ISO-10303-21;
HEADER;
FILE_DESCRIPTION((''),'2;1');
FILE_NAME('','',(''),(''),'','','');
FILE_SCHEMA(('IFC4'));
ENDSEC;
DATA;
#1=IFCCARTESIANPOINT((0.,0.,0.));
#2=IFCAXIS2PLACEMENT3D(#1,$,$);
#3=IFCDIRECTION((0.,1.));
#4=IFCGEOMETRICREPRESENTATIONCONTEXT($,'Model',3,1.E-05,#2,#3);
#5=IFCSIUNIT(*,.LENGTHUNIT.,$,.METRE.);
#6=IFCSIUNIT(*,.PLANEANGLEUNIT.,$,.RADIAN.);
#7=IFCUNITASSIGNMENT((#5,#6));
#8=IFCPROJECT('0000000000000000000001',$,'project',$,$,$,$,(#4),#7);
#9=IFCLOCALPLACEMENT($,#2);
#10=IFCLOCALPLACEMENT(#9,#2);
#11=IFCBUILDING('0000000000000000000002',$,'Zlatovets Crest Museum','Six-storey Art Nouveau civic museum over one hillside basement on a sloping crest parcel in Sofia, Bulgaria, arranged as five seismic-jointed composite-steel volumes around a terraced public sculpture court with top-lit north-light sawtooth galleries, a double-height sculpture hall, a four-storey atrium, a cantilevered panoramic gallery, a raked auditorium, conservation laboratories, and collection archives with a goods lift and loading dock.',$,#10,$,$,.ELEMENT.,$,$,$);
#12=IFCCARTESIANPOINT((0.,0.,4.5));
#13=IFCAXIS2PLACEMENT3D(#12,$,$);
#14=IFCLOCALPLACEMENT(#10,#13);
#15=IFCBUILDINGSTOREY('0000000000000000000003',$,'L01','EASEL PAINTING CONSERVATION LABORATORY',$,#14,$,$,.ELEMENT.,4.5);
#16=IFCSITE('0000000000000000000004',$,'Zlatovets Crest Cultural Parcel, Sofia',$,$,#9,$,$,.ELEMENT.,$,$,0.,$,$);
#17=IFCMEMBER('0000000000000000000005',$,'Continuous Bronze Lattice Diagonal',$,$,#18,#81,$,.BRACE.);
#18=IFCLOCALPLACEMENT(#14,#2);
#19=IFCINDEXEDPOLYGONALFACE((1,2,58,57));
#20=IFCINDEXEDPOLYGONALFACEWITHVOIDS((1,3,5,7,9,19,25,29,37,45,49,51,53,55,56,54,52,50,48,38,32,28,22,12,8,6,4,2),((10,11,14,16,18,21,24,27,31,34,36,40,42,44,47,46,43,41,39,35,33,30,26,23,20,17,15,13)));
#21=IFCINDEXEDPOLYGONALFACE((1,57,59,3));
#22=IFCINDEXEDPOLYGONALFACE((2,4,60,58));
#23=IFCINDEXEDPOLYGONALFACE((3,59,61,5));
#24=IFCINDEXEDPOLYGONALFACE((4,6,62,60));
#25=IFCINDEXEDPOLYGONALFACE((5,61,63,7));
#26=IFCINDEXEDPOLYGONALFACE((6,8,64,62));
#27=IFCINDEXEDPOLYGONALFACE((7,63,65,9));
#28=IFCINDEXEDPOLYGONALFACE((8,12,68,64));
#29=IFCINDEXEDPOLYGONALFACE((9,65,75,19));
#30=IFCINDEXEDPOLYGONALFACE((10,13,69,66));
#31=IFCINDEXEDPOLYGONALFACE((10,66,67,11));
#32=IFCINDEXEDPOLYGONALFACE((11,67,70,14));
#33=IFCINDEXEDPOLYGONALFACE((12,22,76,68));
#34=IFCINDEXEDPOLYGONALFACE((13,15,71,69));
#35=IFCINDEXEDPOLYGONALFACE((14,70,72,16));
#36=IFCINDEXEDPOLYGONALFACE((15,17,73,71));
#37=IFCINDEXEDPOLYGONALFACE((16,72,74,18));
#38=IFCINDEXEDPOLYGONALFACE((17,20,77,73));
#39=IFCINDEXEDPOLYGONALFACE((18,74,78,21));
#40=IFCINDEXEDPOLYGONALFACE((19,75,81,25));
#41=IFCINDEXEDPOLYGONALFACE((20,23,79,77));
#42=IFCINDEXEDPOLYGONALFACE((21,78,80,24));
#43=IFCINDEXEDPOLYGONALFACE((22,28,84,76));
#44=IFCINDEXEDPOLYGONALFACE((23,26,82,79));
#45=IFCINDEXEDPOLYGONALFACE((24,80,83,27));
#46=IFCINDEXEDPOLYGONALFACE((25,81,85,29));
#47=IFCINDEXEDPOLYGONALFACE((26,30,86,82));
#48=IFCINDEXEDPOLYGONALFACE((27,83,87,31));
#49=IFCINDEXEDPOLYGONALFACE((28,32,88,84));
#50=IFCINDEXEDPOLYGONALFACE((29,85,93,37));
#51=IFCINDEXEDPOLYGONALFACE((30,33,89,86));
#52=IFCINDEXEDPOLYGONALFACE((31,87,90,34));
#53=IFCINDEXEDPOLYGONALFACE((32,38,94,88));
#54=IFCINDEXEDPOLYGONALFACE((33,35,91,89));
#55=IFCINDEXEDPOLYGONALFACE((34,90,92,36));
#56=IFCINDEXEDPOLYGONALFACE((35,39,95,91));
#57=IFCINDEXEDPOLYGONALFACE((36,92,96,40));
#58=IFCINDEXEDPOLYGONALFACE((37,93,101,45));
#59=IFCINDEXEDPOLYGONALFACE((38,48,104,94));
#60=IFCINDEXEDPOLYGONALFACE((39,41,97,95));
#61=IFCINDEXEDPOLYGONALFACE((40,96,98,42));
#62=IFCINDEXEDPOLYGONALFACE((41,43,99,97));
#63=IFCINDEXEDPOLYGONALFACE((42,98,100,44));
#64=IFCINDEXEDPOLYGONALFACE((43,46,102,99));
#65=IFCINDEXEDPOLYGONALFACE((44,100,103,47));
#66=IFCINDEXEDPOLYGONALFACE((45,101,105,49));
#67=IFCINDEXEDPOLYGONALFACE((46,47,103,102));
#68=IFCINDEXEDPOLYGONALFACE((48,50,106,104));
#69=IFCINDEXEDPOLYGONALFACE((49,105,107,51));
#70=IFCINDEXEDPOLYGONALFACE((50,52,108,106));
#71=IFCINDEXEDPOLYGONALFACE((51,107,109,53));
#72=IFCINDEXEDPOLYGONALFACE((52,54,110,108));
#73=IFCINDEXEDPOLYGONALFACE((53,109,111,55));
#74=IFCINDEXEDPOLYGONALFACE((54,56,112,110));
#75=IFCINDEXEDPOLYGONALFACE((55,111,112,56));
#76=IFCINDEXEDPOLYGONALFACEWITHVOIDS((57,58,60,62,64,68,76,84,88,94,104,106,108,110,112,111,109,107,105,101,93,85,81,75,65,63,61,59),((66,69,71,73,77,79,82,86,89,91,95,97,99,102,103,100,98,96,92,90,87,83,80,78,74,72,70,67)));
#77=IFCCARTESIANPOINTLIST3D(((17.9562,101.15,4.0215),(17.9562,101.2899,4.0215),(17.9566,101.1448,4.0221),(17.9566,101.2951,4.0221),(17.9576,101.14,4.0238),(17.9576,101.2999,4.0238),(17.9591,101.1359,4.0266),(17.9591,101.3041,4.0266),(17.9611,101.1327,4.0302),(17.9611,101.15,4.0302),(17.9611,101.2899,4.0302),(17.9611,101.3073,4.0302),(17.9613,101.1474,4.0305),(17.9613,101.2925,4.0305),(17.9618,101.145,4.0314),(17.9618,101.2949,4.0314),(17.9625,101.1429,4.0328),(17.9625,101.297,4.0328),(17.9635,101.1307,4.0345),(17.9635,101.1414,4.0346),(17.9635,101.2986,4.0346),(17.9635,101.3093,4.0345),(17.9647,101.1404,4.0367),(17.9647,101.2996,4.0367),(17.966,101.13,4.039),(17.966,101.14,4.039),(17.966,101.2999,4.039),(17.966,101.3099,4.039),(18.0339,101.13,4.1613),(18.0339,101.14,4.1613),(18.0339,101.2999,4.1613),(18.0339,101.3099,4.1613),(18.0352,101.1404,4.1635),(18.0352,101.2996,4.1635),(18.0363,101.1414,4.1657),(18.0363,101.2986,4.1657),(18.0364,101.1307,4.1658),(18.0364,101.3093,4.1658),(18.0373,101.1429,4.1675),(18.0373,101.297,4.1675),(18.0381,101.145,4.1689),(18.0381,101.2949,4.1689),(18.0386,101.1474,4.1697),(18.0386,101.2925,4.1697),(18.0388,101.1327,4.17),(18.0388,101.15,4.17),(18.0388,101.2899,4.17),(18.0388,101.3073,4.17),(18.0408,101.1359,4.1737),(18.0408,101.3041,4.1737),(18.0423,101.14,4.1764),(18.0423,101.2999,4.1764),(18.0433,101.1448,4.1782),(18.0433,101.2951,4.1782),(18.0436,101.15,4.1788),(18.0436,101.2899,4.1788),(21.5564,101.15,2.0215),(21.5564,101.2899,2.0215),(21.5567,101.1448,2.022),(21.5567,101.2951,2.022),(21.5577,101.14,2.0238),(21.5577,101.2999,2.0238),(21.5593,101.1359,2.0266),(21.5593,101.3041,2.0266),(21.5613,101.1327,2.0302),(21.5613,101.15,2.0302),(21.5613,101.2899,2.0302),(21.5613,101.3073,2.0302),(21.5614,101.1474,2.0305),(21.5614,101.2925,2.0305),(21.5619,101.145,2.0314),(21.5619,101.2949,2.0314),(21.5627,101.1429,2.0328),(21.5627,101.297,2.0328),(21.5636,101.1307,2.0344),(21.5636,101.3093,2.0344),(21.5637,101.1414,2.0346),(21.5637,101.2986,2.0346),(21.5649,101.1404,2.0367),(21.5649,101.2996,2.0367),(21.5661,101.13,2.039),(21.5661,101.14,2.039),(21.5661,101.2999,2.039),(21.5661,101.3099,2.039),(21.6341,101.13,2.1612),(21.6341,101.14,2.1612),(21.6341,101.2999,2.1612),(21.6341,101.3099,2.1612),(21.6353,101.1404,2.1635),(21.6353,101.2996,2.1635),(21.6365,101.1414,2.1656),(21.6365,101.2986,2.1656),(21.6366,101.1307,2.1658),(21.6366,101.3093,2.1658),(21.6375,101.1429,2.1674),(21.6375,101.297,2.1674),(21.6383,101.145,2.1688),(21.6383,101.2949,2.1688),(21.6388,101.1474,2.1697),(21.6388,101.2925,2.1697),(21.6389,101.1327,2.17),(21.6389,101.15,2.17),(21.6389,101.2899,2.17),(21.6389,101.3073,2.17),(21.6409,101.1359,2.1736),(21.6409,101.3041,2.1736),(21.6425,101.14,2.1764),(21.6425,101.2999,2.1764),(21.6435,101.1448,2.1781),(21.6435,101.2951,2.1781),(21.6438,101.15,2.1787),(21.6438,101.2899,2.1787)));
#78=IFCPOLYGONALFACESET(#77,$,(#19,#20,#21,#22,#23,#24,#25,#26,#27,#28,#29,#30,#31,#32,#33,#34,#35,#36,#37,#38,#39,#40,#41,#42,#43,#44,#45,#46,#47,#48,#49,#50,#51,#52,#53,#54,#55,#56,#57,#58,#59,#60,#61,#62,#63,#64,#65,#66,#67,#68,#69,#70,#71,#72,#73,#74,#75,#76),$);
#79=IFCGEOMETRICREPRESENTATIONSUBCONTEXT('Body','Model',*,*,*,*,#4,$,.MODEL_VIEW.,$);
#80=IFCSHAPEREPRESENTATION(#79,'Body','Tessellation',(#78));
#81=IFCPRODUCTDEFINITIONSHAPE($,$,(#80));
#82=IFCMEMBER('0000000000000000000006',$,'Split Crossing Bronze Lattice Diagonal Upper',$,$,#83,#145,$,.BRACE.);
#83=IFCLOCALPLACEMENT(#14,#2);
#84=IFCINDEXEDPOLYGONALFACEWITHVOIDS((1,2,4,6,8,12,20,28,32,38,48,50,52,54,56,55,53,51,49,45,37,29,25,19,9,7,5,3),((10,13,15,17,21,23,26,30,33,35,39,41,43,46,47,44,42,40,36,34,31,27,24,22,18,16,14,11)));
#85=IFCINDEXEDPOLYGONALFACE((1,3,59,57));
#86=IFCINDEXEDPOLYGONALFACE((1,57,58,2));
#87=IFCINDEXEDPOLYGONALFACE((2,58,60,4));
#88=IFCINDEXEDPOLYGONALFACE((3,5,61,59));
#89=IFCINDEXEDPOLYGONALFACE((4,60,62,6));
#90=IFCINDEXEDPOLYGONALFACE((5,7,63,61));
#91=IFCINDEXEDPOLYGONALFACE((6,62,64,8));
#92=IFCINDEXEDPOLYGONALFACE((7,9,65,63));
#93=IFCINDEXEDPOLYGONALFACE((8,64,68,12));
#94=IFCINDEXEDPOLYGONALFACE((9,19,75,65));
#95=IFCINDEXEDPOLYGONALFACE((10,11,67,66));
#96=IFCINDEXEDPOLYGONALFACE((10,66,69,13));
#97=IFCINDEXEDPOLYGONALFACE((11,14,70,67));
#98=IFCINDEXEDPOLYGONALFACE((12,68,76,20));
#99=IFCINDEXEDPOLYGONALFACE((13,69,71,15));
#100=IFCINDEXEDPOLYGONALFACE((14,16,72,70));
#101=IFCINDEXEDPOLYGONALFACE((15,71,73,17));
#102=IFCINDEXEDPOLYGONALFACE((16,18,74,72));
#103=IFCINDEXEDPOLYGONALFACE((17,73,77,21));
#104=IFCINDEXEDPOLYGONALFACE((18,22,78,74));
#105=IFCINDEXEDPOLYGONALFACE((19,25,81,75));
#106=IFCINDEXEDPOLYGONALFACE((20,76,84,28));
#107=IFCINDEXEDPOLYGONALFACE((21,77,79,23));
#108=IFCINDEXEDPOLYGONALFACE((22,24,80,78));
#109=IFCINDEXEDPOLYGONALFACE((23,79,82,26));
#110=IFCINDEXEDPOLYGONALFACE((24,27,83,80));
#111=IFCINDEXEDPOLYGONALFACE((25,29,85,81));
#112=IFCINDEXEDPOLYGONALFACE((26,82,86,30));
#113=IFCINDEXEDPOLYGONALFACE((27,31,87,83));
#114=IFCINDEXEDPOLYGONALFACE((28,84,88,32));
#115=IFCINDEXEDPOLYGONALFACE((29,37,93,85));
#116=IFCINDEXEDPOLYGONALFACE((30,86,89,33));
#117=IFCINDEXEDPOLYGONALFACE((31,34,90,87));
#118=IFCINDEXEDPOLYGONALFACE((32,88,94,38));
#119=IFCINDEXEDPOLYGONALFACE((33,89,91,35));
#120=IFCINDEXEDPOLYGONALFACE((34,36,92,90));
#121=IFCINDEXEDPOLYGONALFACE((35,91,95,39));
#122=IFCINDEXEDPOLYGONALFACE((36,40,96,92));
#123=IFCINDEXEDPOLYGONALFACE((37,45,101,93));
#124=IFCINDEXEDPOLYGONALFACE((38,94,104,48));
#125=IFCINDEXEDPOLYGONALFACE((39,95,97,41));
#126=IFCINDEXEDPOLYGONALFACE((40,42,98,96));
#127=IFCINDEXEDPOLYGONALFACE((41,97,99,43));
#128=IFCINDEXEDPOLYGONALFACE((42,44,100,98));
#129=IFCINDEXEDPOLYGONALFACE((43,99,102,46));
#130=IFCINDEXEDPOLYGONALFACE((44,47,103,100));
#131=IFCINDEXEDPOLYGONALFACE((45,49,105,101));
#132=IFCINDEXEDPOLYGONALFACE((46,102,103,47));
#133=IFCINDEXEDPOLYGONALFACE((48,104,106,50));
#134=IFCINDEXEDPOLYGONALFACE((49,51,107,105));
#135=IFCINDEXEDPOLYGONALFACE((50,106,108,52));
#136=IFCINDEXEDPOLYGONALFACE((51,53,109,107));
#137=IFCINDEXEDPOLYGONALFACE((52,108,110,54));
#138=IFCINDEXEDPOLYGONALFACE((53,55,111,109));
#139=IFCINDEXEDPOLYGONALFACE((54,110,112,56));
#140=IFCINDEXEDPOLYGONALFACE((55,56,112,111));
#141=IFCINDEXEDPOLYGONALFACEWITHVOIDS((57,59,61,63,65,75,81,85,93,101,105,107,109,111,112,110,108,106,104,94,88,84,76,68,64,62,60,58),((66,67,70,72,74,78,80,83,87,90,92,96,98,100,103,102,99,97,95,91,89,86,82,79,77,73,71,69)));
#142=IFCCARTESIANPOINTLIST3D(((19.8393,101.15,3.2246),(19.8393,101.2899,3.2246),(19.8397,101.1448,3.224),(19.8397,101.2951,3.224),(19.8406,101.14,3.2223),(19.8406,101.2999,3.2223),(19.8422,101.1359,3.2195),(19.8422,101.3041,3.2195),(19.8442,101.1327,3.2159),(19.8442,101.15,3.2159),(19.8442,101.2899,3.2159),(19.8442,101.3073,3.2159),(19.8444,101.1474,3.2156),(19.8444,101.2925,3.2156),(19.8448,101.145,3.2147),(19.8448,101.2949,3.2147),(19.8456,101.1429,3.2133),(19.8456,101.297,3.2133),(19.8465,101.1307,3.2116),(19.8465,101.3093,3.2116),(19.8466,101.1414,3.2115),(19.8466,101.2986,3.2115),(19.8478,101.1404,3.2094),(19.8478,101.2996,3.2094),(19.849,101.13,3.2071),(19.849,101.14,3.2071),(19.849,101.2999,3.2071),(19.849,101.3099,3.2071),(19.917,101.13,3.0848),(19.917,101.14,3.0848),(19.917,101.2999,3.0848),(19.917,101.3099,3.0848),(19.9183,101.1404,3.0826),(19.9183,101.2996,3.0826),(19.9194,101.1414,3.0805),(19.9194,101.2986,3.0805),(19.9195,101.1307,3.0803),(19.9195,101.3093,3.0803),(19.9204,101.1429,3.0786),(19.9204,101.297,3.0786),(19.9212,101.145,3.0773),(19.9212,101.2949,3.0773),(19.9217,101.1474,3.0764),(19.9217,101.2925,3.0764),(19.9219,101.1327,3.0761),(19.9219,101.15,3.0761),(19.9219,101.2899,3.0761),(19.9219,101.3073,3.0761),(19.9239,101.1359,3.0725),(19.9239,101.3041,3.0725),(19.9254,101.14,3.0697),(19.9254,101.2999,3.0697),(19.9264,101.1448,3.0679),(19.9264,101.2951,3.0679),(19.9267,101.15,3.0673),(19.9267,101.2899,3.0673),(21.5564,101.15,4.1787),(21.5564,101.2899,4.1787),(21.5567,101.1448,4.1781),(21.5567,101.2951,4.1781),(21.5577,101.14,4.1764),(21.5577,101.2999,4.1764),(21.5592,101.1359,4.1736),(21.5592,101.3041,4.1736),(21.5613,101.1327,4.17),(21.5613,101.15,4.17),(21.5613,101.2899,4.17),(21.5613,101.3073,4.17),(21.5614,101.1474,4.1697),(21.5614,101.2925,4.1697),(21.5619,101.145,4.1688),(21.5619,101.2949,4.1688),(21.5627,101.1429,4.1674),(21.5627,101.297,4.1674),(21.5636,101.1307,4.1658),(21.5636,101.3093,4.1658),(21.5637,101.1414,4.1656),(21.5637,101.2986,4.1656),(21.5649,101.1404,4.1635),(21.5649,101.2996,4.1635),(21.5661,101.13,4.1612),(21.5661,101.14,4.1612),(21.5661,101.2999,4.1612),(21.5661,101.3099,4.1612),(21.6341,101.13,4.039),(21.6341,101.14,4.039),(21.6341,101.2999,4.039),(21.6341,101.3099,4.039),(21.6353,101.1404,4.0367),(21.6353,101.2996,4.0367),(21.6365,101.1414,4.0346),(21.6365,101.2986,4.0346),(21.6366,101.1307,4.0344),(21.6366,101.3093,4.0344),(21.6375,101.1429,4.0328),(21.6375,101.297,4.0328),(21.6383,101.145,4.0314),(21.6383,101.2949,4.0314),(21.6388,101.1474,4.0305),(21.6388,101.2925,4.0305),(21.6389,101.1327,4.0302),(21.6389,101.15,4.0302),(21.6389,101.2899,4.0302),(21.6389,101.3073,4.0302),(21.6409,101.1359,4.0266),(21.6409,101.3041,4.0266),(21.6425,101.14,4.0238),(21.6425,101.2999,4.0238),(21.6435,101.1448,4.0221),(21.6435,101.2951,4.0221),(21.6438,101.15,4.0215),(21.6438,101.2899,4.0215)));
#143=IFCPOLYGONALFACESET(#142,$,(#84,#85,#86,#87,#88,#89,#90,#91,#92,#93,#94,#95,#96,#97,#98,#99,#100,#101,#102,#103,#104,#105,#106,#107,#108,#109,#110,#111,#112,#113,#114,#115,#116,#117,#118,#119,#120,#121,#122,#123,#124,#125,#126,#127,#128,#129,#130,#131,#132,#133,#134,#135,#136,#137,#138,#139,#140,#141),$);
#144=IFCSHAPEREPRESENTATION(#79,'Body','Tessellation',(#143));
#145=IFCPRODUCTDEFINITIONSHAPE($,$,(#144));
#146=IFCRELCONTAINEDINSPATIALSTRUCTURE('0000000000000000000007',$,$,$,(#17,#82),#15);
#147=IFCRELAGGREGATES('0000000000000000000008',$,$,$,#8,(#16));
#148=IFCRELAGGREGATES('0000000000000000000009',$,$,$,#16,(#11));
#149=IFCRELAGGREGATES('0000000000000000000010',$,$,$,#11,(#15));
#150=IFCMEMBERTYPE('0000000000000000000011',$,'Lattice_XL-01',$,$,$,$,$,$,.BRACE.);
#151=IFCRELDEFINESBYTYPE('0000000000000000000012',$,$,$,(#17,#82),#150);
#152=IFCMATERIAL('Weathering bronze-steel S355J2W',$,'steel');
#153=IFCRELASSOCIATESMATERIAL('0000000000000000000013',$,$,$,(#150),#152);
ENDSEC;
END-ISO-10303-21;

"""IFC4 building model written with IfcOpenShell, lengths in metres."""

from ifc_helpers import new_model, si_unit, direction, frame, origin, origin_2d, place, context, subcontext, project, spatial, hollow_rectangle, extrude, material, material_profile, profile_set, type_object, element, save


model = new_model("IFC4")

# Units and contexts
model_context = context("Model", 3, precision=1e-05, world=origin(), true_north=direction((0.0, 1.0)))
body_context = subcontext(model_context, "Body", "Model", "MODEL_VIEW")
ifc_project = project(units=[si_unit("LENGTHUNIT", "METRE"), si_unit("PLANEANGLEUNIT", "RADIAN")], contexts=[model_context])

# Site, building, storey
site_placement = place(None, origin())
site = spatial("IfcSite", under=ifc_project, at=site_placement, Name="Zlatovets Crest Cultural Parcel, Sofia", CompositionType="ELEMENT", RefElevation=0.0)
building_placement = place(site_placement, origin())
building = spatial("IfcBuilding", under=site, at=building_placement, Name="Zlatovets Crest Museum", Description="Six-storey Art Nouveau civic museum over one hillside basement on a sloping crest parcel in Sofia, Bulgaria, arranged as five seismic-jointed composite-steel volumes around a terraced public sculpture court with top-lit north-light sawtooth galleries, a double-height sculpture hall, a four-storey atrium, a cantilevered panoramic gallery, a raked auditorium, conservation laboratories, and collection archives with a goods lift and loading dock.", CompositionType="ELEMENT")
storey_placement = place(building_placement, frame((0.0, 0.0, 4.5)))
storey = spatial("IfcBuildingStorey", under=building, at=storey_placement, Name="L01", Description="EASEL PAINTING CONSERVATION LABORATORY", CompositionType="ELEMENT", Elevation=4.5)

# Members
ifc_material_1 = material(Name="Weathering bronze-steel S355J2W", Category="steel")
ifc_material_profile_1 = material_profile(ifc_material_1, hollow_rectangle(XDim=0.1799, YDim=0.1799, WallThickness=0.01, InnerFilletRadius=0.01, OuterFilletRadius=0.02, at=origin_2d()), Name="SHS 180x180x10.0")
ifc_profile_set_1 = profile_set([ifc_material_profile_1], Name="Weathering bronze-steel S355J2W")
member_type_1 = type_object("IfcMemberType", Name="Lattice_XL-01", PredefinedType="BRACE", material=ifc_profile_set_1)
member_1_placement = place(storey_placement, frame((21.6001, 101.22, 2.1001), z_axis=(-0.874163, 0.0, 0.485633), x_axis=(0.0, -1.0, 0.0)))
element("IfcMember", 1, at=member_1_placement, inside=storey, type_object=member_type_1, Name="Continuous Bronze Lattice Diagonal", PredefinedType="BRACE", context=body_context, shape_type="SweptSolid", body=[
    extrude(hollow_rectangle(XDim=0.1799, YDim=0.1799, WallThickness=0.01, InnerFilletRadius=0.01, OuterFilletRadius=0.02, at=origin_2d()), origin(), (0.0, 0.0, 1.0), 4.1184),
])
member_2_placement = place(storey_placement, frame((21.6001, 101.22, 4.1001), z_axis=(-0.874116, 0.0, -0.485717), x_axis=(0.0, -1.0, 0.0)))
element("IfcMember", 2, at=member_2_placement, inside=storey, type_object=member_type_1, Name="Split Crossing Bronze Lattice Diagonal Upper", PredefinedType="BRACE", context=body_context, shape_type="SweptSolid", body=[
    extrude(hollow_rectangle(XDim=0.1799, YDim=0.1799, WallThickness=0.01, InnerFilletRadius=0.01, OuterFilletRadius=0.02, at=origin_2d()), origin(), (0.0, 0.0, 1.0), 1.9644),
])

save(model, "model.ifc")
